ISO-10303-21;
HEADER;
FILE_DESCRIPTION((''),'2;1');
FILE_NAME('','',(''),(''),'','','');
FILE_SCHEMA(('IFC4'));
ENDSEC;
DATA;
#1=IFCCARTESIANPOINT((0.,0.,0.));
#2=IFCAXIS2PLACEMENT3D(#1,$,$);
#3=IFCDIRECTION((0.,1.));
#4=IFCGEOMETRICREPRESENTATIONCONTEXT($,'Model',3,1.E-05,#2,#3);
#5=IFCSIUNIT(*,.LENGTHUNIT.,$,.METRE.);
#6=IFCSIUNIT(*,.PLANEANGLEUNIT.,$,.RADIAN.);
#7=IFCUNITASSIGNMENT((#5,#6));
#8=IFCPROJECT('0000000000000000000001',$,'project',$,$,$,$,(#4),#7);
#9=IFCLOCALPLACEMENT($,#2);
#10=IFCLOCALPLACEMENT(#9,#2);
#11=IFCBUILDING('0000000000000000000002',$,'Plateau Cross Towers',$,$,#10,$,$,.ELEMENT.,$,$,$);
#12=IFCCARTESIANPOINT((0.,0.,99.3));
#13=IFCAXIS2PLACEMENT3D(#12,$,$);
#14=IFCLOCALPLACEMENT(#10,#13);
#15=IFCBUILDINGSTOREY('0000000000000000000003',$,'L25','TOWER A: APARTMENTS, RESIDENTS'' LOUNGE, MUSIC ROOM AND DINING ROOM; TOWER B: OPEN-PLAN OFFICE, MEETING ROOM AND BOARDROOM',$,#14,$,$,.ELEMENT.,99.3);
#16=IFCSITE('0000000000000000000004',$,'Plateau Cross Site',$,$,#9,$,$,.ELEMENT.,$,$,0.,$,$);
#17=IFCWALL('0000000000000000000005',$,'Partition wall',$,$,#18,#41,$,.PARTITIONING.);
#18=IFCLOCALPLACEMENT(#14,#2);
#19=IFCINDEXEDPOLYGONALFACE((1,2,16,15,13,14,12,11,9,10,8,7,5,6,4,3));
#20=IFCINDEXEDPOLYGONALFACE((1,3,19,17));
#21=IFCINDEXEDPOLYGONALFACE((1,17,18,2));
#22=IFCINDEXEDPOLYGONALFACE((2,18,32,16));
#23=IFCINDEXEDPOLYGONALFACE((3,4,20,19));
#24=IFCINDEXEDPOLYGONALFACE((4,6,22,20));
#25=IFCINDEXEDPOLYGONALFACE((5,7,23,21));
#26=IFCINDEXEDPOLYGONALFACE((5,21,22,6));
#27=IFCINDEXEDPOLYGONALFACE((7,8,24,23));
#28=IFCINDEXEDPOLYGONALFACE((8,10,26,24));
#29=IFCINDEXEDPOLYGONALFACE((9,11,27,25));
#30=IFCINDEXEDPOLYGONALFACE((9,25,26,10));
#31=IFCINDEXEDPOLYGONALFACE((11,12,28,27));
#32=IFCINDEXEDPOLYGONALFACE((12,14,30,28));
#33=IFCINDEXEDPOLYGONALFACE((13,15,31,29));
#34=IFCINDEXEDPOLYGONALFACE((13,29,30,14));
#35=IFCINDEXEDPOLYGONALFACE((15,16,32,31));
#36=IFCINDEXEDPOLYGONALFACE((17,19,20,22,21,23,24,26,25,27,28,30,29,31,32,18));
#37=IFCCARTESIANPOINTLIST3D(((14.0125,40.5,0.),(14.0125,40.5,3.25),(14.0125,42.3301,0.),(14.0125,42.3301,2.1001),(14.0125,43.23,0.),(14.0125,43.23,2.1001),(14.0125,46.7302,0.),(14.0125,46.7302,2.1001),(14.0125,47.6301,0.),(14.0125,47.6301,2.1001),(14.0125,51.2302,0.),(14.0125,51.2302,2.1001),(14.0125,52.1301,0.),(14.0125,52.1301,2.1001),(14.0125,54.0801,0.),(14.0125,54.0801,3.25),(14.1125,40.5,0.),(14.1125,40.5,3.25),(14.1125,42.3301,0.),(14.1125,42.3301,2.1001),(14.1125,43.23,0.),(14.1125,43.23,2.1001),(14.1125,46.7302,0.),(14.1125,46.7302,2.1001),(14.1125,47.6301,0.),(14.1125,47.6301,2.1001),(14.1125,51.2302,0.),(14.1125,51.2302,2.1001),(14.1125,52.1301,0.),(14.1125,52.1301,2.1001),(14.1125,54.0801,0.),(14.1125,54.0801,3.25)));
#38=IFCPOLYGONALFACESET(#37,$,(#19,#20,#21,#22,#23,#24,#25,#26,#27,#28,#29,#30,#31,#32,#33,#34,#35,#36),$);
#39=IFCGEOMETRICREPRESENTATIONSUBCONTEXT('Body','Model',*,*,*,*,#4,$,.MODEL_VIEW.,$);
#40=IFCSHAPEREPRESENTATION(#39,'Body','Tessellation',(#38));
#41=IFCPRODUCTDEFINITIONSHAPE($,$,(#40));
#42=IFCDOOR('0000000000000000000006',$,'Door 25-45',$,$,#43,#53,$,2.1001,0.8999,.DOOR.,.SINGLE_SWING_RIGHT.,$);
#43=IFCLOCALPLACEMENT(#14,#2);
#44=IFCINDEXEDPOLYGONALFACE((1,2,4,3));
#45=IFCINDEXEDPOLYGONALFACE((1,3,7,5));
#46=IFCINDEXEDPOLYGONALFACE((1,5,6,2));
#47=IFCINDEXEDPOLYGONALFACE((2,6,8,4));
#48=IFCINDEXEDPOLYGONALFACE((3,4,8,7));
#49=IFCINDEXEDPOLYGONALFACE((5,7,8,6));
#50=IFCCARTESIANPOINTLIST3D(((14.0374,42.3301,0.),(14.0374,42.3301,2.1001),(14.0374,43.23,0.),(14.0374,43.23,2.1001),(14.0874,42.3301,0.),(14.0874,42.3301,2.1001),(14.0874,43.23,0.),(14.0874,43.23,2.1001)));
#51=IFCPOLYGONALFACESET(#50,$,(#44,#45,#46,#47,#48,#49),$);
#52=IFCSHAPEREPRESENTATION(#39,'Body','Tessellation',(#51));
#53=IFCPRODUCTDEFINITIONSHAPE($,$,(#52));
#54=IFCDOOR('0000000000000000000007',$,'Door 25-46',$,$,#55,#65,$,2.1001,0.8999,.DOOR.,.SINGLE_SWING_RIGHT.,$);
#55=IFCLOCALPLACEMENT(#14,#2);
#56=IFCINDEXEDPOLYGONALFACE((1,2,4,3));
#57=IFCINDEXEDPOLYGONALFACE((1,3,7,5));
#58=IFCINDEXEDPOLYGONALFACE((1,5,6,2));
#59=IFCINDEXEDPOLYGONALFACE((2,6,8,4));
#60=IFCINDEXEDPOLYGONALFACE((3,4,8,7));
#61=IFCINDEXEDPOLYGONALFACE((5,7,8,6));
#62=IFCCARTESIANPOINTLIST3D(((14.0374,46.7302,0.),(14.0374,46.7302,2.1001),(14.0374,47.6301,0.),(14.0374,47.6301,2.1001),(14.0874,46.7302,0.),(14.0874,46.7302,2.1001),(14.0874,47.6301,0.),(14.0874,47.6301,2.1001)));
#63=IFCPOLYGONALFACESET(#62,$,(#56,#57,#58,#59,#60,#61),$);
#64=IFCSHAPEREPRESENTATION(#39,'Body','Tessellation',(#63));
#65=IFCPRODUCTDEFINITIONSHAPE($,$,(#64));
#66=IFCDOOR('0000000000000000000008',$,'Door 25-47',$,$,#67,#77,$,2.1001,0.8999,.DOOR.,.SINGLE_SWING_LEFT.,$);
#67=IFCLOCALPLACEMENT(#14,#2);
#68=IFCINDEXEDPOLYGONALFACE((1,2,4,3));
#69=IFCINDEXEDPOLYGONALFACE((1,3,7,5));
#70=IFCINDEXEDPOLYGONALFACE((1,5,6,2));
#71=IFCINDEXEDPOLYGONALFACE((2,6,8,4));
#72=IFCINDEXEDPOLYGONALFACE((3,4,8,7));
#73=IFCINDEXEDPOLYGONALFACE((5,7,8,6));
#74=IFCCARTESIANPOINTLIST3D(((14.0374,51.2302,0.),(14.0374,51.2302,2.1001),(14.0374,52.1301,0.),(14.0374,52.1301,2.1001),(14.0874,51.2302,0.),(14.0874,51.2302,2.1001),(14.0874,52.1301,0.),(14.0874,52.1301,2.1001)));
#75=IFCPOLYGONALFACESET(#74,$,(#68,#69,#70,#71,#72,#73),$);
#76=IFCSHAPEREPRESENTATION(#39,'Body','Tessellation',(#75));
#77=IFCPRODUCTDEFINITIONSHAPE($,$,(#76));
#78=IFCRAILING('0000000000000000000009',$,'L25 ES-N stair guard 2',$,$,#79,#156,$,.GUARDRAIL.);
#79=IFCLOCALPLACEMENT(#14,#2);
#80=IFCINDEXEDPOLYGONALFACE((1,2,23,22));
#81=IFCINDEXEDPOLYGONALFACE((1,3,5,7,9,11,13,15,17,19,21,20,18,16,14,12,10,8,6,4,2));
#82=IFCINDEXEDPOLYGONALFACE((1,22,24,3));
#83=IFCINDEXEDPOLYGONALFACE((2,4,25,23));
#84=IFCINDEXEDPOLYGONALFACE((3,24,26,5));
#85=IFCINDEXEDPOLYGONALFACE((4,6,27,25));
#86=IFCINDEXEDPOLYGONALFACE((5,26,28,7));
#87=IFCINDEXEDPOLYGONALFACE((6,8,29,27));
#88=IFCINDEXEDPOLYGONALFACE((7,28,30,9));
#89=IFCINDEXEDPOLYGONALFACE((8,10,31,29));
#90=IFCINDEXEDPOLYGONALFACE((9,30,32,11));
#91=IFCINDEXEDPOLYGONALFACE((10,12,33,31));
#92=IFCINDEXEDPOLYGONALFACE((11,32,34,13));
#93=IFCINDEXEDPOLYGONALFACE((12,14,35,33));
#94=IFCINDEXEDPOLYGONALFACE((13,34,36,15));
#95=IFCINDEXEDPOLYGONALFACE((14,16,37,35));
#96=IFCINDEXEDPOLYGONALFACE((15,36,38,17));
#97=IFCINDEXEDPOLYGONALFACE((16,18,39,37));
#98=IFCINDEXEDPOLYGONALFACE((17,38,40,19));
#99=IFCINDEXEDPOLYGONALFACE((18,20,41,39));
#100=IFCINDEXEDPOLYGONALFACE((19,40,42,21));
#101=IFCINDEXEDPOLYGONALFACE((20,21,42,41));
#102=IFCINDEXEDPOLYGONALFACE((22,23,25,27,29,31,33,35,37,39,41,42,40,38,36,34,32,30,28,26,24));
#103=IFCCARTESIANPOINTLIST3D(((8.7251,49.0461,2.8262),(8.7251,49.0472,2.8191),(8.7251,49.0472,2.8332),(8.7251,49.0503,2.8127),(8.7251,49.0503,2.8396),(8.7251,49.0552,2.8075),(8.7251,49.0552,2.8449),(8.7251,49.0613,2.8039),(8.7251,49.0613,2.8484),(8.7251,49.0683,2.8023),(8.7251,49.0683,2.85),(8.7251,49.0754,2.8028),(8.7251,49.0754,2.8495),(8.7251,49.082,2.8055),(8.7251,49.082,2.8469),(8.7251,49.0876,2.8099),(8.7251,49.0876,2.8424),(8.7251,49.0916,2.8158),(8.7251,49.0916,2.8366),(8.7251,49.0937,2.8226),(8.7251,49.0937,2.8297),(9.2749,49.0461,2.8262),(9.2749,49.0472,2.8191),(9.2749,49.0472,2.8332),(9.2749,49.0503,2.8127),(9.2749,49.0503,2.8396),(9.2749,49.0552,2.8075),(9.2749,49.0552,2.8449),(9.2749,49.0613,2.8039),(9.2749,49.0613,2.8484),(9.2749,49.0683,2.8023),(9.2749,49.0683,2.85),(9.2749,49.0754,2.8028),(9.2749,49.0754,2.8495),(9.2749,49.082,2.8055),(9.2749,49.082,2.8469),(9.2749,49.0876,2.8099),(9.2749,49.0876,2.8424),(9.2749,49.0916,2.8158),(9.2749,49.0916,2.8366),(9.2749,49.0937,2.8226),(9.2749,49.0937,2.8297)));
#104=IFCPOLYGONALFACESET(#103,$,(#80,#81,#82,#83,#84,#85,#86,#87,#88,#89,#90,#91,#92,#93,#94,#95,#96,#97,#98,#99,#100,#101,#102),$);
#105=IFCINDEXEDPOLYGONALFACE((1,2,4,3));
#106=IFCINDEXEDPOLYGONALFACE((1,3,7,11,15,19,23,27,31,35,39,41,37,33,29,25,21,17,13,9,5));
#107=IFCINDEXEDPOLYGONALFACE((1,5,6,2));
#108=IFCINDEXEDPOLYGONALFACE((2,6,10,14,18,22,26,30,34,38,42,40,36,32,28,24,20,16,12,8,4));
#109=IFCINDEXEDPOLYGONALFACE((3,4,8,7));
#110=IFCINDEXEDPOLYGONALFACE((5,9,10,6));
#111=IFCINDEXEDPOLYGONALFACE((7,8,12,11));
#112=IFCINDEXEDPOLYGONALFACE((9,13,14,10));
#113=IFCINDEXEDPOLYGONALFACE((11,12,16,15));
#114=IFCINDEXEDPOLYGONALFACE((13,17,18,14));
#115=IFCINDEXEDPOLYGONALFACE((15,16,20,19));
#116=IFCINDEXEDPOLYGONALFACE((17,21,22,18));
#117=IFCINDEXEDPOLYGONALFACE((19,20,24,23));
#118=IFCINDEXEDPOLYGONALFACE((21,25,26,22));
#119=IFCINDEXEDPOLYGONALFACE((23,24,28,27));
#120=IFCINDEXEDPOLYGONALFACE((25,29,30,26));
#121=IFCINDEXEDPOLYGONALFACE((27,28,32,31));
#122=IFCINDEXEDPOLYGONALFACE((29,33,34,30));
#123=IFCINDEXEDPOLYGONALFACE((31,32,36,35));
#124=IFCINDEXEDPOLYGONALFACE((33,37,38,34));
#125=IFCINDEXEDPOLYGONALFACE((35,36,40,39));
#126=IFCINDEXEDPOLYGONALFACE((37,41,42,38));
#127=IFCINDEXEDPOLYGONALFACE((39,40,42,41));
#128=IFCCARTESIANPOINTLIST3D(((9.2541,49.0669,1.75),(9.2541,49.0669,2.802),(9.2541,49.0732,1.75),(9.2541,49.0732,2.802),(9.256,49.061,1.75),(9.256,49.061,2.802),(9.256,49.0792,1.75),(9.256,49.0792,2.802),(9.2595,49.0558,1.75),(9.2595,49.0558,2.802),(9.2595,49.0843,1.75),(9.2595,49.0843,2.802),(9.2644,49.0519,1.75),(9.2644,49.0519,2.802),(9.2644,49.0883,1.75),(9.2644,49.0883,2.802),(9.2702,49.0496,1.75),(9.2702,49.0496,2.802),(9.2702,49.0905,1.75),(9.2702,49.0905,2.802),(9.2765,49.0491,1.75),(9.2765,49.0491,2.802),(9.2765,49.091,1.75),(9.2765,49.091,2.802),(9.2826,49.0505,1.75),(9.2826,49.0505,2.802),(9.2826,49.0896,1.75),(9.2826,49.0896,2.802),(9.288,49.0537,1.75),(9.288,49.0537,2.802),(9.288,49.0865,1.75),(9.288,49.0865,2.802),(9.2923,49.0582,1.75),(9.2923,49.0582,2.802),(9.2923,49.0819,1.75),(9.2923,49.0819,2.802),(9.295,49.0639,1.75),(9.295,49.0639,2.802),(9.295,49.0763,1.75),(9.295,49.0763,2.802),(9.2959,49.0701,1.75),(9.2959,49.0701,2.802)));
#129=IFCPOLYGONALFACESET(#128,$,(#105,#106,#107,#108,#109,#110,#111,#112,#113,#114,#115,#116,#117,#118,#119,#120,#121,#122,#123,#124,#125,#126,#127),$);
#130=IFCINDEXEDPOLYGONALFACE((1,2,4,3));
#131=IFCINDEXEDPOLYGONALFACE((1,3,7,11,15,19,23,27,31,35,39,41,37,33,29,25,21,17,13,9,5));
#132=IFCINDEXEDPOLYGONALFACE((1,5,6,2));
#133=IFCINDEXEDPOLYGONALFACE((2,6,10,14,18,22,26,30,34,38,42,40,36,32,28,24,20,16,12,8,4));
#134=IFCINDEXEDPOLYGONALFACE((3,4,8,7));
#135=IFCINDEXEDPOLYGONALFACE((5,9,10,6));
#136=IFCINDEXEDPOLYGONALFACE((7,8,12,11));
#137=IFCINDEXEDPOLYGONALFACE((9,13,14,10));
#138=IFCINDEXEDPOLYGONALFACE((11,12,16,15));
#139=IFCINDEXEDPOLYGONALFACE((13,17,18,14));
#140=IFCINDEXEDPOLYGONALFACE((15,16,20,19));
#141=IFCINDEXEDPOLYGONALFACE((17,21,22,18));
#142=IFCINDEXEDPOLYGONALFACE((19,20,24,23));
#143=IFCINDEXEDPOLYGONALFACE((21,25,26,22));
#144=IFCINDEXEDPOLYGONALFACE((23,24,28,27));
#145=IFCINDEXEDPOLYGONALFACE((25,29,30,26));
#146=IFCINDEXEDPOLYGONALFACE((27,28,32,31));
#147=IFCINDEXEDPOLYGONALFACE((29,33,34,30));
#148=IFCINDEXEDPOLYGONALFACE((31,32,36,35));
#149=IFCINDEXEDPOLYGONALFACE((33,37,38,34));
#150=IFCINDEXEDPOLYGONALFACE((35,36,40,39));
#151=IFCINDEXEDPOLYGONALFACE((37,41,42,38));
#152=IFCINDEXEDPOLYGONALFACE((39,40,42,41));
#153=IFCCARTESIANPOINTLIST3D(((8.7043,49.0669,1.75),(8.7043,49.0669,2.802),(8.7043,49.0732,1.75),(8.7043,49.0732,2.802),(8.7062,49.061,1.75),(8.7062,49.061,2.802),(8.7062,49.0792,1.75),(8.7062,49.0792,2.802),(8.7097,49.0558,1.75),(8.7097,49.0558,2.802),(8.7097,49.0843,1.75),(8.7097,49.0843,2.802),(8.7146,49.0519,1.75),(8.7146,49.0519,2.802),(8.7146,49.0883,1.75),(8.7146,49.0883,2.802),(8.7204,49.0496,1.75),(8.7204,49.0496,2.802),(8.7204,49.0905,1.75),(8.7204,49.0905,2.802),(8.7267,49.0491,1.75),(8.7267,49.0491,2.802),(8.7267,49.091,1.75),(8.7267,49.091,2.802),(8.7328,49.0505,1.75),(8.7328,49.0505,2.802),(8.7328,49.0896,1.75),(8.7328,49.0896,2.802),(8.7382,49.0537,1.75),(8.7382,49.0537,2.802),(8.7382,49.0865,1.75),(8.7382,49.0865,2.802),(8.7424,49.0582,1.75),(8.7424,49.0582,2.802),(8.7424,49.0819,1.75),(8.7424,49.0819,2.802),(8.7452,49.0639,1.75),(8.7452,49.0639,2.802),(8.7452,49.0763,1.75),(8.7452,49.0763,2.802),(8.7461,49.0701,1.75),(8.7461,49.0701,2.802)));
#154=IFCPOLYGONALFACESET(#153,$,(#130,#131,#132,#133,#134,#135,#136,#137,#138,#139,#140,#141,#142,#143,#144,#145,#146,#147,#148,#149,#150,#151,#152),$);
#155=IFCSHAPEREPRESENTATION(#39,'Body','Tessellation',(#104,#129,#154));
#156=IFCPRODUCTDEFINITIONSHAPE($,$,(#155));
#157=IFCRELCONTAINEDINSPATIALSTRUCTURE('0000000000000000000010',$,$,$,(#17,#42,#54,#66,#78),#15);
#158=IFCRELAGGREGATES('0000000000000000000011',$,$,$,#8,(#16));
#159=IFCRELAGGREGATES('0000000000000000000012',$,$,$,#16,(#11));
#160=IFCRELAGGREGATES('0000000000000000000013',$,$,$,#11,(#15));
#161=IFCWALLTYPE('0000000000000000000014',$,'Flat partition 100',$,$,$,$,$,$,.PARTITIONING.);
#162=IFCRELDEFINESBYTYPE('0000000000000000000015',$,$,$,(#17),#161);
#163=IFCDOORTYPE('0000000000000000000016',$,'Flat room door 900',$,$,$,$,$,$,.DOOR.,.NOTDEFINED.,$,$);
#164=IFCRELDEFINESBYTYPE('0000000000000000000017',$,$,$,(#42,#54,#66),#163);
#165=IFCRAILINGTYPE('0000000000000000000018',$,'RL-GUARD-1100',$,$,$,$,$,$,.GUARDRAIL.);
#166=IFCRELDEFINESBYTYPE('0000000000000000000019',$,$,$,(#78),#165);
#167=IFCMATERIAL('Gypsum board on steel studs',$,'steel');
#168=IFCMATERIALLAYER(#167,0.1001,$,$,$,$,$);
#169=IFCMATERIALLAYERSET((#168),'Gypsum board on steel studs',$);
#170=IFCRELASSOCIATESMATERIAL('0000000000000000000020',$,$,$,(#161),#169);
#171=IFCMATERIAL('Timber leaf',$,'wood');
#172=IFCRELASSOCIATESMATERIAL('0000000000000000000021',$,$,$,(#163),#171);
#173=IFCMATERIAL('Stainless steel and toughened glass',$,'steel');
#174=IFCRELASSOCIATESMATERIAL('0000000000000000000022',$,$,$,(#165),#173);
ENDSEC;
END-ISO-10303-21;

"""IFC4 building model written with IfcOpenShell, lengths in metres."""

from ifc_helpers import new_model, si_unit, direction, frame, frame_2d, origin, origin_2d, place, context, subcontext, project, spatial, rectangle, circle, extrude, material, layer, layer_set, type_object, element, fill, save


model = new_model("IFC4")

# Units and contexts
model_context = context("Model", 3, precision=1e-05, world=origin(), true_north=direction((0.0, 1.0)))
body_context = subcontext(model_context, "Body", "Model", "MODEL_VIEW")
ifc_project = project(units=[si_unit("LENGTHUNIT", "METRE"), si_unit("PLANEANGLEUNIT", "RADIAN")], contexts=[model_context])

# Site, building, storey
site_placement = place(None, origin())
site = spatial("IfcSite", under=ifc_project, at=site_placement, Name="Plateau Cross Site", CompositionType="ELEMENT", RefElevation=0.0)
building_placement = place(site_placement, origin())
building = spatial("IfcBuilding", under=site, at=building_placement, Name="Plateau Cross Towers", CompositionType="ELEMENT")
storey_placement = place(building_placement, frame((0.0, 0.0, 99.3)))
storey = spatial("IfcBuildingStorey", under=building, at=storey_placement, Name="L25", Description="TOWER A: APARTMENTS, RESIDENTS' LOUNGE, MUSIC ROOM AND DINING ROOM; TOWER B: OPEN-PLAN OFFICE, MEETING ROOM AND BOARDROOM", CompositionType="ELEMENT", Elevation=99.3)

# Shared definitions
ifc_material_1 = material(Name="Gypsum board on steel studs", Category="steel")
ifc_layer_1 = layer(ifc_material_1, 0.1001)
ifc_layer_set_1 = layer_set([ifc_layer_1], Name="Gypsum board on steel studs")
wall_type = type_object("IfcWallType", Name="Flat partition 100", PredefinedType="PARTITIONING", material=ifc_layer_set_1)

# Wall, openings, doors
wall_1_placement = place(storey_placement, frame((14.0625, 54.0801, 0.0), z_axis=(0.0, 0.0, 1.0), x_axis=(0.0, -1.0, 0.0)))
wall_1 = element("IfcWall", 1, at=wall_1_placement, inside=storey, type_object=wall_type, Name="Partition wall", PredefinedType="PARTITIONING", context=body_context, shape_type="SweptSolid", body=[
    extrude(rectangle(XDim=13.5801, YDim=0.1001, at=frame_2d((6.79, 0.0))), origin(), (0.0, 0.0, 1.0), 3.25),
])
opening_1_placement = place(wall_1_placement, frame((10.8501, 0.0, 0.0)))
opening_1 = element("IfcOpeningElement", 2, at=opening_1_placement, cuts=wall_1, PredefinedType="OPENING", context=body_context, shape_type="SweptSolid", body=[
    extrude(rectangle(XDim=0.8999, YDim=2.1001, at=frame_2d((0.45, 1.05))), frame((0.0, 0.0601, 0.0), z_axis=(0.0, -1.0, 0.0), x_axis=(1.0, 0.0, 0.0)), (0.0, 0.0, 1.0), 0.1201),
])
opening_2_placement = place(wall_1_placement, frame((6.45, 0.0, 0.0)))
opening_2 = element("IfcOpeningElement", 3, at=opening_2_placement, cuts=wall_1, PredefinedType="OPENING", context=body_context, shape_type="SweptSolid", body=[
    extrude(rectangle(XDim=0.8999, YDim=2.1001, at=frame_2d((0.45, 1.05))), frame((0.0, 0.0601, 0.0), z_axis=(0.0, -1.0, 0.0), x_axis=(1.0, 0.0, 0.0)), (0.0, 0.0, 1.0), 0.1201),
])
opening_3_placement = place(wall_1_placement, frame((1.95, 0.0, 0.0)))
opening_3 = element("IfcOpeningElement", 4, at=opening_3_placement, cuts=wall_1, PredefinedType="OPENING", context=body_context, shape_type="SweptSolid", body=[
    extrude(rectangle(XDim=0.8999, YDim=2.1001, at=frame_2d((0.45, 1.05))), frame((0.0, 0.0601, 0.0), z_axis=(0.0, -1.0, 0.0), x_axis=(1.0, 0.0, 0.0)), (0.0, 0.0, 1.0), 0.1201),
])
ifc_material_2 = material(Name="Timber leaf", Category="wood")
door_type = type_object("IfcDoorType", Name="Flat room door 900", OperationType="NOTDEFINED", PredefinedType="DOOR", material=ifc_material_2)
door_1_placement = place(opening_1_placement, origin())
door_1 = element("IfcDoor", 5, at=door_1_placement, inside=storey, type_object=door_type, Name="Door 25-45", OperationType="SINGLE_SWING_RIGHT", OverallHeight=2.1001, OverallWidth=0.8999, PredefinedType="DOOR", context=body_context, shape_type="SweptSolid", body=[
    extrude(rectangle(XDim=0.8999, YDim=2.1001, at=frame_2d((0.45, 1.05))), frame((0.0, 0.0249, 0.0), z_axis=(0.0, -1.0, 0.0), x_axis=(1.0, 0.0, 0.0)), (0.0, 0.0, 1.0), 0.05),
])
fill(opening_1, door_1)
door_2_placement = place(opening_2_placement, origin())
door_2 = element("IfcDoor", 6, at=door_2_placement, inside=storey, type_object=door_type, Name="Door 25-46", OperationType="SINGLE_SWING_RIGHT", OverallHeight=2.1001, OverallWidth=0.8999, PredefinedType="DOOR", context=body_context, shape_type="SweptSolid", body=[
    extrude(rectangle(XDim=0.8999, YDim=2.1001, at=frame_2d((0.45, 1.05))), frame((0.0, 0.0249, 0.0), z_axis=(0.0, -1.0, 0.0), x_axis=(1.0, 0.0, 0.0)), (0.0, 0.0, 1.0), 0.05),
])
fill(opening_2, door_2)
door_3_placement = place(opening_3_placement, origin())
door_3 = element("IfcDoor", 7, at=door_3_placement, inside=storey, type_object=door_type, Name="Door 25-47", OperationType="SINGLE_SWING_LEFT", OverallHeight=2.1001, OverallWidth=0.8999, PredefinedType="DOOR", context=body_context, shape_type="SweptSolid", body=[
    extrude(rectangle(XDim=0.8999, YDim=2.1001, at=frame_2d((0.45, 1.05))), frame((0.0, 0.0249, 0.0), z_axis=(0.0, -1.0, 0.0), x_axis=(1.0, 0.0, 0.0)), (0.0, 0.0, 1.0), 0.05),
])
fill(opening_3, door_3)

# Railing
ifc_material_3 = material(Name="Stainless steel and toughened glass", Category="steel")
railing_type = type_object("IfcRailingType", Name="RL-GUARD-1100", PredefinedType="GUARDRAIL", material=ifc_material_3)
railing_placement = place(storey_placement, frame((9.2749, 49.0701, 1.75)))
element("IfcRailing", 8, at=railing_placement, inside=storey, type_object=railing_type, Name="L25 ES-N stair guard 2", PredefinedType="GUARDRAIL", context=body_context, shape_type="SweptSolid", body=[
    extrude(circle(Radius=0.0239, at=origin_2d()), frame((0.0, 0.0, 1.0762), z_axis=(-1.0, 0.0, 0.0), x_axis=(0.0, -1.0, 0.0)), (0.0, 0.0, 1.0), 0.5498),
    extrude(circle(Radius=0.021, at=origin_2d()), origin(), (0.0, 0.0, 1.0), 1.052),
    extrude(circle(Radius=0.021, at=origin_2d()), frame((-0.5498, 0.0, 0.0)), (0.0, 0.0, 1.0), 1.052),
])

save(model, "model.ifc")
